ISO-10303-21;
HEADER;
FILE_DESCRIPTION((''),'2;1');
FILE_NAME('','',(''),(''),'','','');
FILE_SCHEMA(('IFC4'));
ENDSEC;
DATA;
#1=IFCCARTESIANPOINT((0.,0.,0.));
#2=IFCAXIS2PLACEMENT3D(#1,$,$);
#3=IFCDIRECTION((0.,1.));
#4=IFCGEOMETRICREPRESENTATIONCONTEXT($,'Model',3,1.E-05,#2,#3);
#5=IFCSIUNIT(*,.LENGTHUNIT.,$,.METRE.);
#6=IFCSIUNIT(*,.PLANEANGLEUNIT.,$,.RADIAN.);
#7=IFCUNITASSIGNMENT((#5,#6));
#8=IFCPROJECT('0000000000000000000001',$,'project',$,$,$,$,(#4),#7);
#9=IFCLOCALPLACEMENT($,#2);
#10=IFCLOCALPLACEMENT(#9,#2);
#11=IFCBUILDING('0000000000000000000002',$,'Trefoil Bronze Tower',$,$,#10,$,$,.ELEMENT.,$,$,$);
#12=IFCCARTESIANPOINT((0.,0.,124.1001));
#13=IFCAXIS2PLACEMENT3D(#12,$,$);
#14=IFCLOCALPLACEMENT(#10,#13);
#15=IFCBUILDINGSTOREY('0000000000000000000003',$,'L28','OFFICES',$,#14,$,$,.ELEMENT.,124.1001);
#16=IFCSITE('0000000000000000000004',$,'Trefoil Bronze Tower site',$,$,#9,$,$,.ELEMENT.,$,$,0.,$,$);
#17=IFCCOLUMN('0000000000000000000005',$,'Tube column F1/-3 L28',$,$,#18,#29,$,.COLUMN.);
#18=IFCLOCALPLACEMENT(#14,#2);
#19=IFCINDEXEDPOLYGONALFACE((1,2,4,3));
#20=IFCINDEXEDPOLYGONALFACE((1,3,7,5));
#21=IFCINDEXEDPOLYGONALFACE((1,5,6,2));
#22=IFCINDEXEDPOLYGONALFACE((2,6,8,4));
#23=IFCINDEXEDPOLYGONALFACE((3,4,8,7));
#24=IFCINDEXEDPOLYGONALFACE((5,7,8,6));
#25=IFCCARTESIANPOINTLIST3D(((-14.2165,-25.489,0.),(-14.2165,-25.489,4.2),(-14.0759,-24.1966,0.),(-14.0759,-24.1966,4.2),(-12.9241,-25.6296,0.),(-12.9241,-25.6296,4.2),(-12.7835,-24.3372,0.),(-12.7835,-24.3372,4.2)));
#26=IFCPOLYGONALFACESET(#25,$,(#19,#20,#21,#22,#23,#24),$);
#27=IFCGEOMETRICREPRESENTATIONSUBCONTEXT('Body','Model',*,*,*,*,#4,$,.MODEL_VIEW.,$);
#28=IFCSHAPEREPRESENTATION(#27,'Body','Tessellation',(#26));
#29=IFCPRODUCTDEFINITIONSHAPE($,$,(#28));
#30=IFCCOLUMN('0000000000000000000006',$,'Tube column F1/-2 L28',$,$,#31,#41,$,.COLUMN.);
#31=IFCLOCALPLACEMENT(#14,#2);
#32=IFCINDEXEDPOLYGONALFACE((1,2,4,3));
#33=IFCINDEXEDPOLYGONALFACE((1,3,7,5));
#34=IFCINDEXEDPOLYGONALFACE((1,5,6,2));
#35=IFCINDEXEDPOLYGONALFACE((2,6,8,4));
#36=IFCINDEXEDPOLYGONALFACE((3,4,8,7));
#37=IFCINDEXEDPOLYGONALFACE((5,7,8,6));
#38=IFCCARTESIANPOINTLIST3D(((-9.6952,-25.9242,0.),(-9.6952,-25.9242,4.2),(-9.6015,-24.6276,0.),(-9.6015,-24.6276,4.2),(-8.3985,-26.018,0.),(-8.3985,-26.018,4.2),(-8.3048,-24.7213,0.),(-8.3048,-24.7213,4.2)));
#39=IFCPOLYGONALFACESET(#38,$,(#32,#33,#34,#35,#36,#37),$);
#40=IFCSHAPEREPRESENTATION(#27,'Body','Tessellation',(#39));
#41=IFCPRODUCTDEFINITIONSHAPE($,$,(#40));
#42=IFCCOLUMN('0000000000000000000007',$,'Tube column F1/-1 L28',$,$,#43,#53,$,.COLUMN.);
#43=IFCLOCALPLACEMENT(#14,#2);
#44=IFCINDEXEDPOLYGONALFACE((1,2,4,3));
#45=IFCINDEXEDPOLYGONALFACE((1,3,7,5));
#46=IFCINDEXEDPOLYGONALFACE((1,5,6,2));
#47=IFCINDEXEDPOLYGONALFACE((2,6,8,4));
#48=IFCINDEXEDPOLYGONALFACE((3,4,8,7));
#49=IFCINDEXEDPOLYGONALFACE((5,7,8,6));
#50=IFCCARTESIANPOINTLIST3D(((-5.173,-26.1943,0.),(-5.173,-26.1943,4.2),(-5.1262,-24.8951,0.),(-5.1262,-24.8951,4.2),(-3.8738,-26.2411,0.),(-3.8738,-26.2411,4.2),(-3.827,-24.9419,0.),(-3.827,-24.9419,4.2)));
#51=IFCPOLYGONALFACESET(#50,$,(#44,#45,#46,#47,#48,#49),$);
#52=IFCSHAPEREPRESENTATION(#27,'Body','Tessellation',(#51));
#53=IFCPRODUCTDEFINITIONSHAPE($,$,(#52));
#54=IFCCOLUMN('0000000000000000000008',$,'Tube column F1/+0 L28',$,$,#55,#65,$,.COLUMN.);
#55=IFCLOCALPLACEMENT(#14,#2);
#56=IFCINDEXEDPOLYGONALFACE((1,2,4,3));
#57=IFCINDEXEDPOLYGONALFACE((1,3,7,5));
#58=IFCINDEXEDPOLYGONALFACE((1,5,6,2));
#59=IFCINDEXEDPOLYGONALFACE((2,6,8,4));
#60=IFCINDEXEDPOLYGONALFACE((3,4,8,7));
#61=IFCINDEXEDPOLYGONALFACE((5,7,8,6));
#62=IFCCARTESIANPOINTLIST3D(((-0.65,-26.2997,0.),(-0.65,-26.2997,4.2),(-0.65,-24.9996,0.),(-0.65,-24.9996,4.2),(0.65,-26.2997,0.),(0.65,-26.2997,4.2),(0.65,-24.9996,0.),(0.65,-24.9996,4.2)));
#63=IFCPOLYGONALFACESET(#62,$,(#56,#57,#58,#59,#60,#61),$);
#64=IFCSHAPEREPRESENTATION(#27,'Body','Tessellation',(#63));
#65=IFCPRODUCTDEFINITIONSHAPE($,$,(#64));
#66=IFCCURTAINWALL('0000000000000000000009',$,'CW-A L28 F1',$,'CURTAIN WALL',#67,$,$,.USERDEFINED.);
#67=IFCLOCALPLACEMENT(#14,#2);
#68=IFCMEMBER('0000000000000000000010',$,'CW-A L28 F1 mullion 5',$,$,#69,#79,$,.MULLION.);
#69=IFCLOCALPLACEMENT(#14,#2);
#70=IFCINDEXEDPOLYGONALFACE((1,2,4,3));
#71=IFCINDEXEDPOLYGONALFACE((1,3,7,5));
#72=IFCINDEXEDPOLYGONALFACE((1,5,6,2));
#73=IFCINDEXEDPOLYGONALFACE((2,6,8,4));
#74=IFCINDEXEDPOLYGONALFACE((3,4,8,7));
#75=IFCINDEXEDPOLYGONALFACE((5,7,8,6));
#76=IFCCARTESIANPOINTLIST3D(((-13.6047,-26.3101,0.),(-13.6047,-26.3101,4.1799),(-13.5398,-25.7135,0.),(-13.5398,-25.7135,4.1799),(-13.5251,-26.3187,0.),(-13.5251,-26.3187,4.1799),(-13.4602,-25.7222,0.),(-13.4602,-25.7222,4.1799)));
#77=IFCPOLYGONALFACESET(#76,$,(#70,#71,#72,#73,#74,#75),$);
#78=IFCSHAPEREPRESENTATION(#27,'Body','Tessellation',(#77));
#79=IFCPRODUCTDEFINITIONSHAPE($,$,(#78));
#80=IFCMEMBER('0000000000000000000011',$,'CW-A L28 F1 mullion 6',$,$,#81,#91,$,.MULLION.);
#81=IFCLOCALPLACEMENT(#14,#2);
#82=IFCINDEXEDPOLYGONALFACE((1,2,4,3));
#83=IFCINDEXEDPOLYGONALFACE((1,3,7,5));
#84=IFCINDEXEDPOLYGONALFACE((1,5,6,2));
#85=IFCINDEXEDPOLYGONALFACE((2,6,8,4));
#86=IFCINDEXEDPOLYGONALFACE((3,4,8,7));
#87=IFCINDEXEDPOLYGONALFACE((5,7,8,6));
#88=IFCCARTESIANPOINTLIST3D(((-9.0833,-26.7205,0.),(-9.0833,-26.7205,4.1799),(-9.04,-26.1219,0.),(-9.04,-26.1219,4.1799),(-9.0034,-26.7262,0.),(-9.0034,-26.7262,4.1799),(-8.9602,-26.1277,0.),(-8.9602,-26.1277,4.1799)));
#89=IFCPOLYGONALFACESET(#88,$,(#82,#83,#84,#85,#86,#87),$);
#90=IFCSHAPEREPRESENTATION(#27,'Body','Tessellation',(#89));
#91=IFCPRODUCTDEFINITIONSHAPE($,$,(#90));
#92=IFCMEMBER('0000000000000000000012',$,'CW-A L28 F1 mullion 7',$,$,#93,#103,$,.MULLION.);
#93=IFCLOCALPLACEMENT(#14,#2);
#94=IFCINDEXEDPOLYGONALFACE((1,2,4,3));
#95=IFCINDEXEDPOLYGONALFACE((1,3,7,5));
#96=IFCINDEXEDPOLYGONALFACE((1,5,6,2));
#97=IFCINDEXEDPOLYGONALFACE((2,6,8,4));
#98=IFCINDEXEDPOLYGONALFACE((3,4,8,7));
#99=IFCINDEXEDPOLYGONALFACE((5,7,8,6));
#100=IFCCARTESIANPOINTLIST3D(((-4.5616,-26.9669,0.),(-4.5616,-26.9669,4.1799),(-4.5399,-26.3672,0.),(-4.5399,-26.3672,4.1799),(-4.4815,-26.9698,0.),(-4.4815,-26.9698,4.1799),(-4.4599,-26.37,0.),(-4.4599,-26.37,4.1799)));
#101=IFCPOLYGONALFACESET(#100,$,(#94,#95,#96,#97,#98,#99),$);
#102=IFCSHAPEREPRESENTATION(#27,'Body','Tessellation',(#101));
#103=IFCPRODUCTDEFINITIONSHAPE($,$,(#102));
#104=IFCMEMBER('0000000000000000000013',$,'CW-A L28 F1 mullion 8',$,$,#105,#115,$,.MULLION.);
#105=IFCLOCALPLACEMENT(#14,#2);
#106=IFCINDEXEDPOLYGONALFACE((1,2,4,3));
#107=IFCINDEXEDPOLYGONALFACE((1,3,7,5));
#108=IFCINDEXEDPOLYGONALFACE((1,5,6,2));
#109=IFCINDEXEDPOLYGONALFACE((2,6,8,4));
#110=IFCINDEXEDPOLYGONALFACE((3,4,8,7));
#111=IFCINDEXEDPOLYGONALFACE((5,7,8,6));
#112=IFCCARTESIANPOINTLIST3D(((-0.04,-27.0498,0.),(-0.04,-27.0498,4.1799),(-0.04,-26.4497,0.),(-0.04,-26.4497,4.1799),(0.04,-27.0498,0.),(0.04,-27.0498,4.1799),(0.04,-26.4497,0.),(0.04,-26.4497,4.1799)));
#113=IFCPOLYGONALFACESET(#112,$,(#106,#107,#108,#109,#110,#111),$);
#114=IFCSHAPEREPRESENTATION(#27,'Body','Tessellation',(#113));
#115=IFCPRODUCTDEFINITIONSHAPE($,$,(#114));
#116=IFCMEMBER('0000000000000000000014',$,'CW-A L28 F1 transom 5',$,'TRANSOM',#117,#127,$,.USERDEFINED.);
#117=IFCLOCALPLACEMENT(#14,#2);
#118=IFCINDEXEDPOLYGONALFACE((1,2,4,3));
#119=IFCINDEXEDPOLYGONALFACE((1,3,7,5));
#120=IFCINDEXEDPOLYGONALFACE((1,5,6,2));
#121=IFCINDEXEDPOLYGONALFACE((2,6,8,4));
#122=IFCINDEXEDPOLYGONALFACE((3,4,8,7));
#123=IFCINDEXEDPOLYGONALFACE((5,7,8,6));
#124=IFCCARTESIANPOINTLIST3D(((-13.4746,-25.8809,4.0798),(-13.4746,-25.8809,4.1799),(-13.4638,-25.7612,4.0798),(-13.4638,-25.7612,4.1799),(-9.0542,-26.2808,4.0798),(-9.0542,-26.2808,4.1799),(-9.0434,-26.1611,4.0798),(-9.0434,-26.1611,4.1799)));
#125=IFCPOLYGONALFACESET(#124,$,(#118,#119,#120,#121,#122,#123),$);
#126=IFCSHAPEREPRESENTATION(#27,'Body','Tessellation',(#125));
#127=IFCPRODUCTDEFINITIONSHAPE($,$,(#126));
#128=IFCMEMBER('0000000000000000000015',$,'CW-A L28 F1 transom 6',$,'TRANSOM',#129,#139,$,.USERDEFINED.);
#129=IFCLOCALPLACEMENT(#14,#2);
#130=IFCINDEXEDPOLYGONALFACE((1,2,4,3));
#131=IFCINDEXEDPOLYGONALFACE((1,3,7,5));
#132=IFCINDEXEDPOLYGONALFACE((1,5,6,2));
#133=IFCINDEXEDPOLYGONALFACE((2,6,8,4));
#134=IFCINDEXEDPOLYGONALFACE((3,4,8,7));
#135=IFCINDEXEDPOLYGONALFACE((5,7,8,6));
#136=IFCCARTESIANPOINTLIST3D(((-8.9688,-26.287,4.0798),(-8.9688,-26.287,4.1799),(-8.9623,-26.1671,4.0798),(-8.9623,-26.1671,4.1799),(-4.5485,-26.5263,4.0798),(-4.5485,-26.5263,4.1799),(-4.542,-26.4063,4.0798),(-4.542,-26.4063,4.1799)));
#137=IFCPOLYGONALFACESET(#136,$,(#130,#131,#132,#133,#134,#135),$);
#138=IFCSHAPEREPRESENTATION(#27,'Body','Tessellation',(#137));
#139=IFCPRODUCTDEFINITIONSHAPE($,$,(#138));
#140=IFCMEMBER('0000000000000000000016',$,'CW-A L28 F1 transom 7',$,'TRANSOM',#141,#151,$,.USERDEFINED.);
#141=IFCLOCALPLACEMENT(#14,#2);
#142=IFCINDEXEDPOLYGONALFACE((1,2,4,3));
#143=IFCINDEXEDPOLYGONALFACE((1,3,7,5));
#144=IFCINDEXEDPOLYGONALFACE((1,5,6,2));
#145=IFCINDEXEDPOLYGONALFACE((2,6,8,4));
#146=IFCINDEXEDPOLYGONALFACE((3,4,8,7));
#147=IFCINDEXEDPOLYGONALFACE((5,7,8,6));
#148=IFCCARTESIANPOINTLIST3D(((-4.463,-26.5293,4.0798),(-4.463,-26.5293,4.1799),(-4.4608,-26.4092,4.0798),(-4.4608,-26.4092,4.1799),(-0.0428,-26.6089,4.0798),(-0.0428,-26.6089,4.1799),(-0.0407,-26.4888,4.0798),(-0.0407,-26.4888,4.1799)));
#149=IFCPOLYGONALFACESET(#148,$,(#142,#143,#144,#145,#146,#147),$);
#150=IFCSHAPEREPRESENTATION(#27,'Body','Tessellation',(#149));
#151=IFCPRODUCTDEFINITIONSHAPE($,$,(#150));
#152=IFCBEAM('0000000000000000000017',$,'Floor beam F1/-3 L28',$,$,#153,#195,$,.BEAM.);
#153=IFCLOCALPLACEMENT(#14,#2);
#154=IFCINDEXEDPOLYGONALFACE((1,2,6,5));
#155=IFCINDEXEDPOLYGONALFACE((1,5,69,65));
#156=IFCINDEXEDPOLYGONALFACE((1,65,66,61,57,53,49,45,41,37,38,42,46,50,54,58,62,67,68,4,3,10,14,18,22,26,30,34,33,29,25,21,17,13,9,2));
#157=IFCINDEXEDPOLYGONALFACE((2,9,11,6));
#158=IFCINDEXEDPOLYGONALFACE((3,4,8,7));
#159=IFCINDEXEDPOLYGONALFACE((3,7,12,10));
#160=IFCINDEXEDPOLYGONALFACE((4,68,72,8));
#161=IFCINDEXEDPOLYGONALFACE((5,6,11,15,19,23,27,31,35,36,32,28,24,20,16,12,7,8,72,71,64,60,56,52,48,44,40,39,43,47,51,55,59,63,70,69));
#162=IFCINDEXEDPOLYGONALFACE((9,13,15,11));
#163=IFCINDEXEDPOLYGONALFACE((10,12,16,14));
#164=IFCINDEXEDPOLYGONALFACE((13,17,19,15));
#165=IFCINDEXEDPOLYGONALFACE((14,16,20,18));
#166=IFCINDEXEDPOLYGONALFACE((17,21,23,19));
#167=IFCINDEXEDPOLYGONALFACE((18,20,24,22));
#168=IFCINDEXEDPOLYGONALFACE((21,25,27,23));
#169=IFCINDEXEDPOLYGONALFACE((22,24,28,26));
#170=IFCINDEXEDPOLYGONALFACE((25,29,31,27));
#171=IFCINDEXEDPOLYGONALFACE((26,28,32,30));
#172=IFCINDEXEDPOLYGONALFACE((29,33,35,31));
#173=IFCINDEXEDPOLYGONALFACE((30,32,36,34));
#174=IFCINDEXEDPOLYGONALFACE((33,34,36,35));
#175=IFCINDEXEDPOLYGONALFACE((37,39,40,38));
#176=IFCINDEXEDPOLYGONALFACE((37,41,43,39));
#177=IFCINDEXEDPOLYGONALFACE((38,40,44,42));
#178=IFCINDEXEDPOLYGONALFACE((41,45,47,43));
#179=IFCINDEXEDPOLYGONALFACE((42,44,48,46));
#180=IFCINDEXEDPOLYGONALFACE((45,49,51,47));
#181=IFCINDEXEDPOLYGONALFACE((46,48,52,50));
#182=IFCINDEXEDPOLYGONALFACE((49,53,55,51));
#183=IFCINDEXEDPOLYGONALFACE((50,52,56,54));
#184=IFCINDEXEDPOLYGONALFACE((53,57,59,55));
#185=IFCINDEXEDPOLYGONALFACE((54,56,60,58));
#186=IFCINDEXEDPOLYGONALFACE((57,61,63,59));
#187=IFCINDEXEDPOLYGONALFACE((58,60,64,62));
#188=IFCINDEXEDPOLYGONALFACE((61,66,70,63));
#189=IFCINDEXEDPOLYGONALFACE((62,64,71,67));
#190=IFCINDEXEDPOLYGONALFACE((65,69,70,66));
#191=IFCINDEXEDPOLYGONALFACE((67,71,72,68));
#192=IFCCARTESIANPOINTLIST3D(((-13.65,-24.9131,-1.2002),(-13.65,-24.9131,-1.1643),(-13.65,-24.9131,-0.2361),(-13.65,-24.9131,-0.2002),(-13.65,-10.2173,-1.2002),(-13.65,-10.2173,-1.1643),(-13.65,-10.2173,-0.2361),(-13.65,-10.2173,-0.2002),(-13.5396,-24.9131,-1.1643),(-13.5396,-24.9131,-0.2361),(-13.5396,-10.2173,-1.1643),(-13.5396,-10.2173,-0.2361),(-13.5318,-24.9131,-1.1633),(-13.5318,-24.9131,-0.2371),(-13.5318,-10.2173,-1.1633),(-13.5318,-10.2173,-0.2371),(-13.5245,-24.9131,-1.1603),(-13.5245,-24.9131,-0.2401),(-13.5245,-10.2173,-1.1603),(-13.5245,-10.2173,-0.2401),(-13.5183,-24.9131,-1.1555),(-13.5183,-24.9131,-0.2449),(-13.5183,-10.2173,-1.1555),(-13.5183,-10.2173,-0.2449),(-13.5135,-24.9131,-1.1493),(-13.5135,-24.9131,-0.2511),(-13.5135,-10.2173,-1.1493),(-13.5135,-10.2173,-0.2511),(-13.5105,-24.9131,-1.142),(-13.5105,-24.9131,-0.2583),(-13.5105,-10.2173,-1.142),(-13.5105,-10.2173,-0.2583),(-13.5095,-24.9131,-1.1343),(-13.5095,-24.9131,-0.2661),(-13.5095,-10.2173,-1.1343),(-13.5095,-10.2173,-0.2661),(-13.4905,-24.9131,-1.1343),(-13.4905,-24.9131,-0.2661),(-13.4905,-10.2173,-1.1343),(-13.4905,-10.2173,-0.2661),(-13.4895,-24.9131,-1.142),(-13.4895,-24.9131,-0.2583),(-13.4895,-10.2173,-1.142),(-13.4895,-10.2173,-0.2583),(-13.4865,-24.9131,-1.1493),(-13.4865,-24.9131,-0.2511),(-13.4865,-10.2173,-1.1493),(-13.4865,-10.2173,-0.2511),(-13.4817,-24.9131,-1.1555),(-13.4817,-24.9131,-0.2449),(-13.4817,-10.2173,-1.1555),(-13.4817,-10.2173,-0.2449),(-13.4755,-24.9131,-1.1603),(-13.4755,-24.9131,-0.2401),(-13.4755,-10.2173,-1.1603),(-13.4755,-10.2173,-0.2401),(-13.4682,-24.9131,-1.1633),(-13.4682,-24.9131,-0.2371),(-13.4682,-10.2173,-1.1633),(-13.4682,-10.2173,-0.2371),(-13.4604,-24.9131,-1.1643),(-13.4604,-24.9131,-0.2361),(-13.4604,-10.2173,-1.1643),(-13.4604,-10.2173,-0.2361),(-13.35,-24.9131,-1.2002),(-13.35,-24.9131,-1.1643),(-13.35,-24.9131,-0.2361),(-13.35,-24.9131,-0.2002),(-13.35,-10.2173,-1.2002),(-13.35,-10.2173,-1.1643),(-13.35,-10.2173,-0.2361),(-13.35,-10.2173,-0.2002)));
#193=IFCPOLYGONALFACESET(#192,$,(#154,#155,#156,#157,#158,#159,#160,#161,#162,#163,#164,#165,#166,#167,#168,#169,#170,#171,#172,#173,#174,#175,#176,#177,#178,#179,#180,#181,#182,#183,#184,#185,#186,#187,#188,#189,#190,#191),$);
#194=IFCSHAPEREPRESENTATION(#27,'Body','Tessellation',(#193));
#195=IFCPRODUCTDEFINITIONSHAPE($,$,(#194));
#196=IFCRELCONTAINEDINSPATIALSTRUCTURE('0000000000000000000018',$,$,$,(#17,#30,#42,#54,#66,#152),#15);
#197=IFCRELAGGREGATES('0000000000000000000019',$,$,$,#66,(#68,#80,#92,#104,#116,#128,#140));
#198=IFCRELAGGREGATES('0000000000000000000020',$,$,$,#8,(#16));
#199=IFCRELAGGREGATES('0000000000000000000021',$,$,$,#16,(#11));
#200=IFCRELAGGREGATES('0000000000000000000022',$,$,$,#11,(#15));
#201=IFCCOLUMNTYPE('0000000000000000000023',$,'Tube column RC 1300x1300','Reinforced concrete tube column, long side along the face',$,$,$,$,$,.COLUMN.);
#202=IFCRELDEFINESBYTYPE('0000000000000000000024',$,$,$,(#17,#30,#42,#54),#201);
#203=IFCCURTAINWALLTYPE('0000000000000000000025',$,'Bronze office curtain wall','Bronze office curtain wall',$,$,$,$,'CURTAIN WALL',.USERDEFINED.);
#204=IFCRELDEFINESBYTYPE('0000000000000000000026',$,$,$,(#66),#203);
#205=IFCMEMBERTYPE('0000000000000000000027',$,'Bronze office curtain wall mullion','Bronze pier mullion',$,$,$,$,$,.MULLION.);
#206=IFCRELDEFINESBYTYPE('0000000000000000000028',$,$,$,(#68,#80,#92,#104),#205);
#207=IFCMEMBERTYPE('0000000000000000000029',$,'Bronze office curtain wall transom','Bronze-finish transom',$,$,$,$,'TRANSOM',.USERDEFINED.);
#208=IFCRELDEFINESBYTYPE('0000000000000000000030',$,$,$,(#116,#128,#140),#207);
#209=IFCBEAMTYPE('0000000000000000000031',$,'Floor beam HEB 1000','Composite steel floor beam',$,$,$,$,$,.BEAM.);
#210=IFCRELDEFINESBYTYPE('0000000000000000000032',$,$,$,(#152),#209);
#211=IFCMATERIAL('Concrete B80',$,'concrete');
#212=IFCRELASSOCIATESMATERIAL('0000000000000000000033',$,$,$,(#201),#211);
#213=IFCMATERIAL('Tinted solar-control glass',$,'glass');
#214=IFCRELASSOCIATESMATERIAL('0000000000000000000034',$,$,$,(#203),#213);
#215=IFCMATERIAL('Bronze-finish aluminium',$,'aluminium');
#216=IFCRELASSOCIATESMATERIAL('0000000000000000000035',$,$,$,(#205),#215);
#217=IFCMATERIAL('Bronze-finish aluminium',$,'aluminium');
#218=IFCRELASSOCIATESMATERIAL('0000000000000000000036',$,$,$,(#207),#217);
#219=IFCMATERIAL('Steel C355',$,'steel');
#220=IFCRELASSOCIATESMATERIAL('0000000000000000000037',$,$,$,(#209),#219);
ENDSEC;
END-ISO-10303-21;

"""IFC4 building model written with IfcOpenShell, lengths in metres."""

from ifc_helpers import new_model, si_unit, direction, frame, origin, origin_2d, place, context, subcontext, project, spatial, rectangle, i_section, extrude, material, material_profile, profile_set, type_object, element, aggregate, save


model = new_model("IFC4")

# Units and contexts
model_context = context("Model", 3, precision=1e-05, world=origin(), true_north=direction((0.0, 1.0)))
body_context = subcontext(model_context, "Body", "Model", "MODEL_VIEW")
ifc_project = project(units=[si_unit("LENGTHUNIT", "METRE"), si_unit("PLANEANGLEUNIT", "RADIAN")], contexts=[model_context])

# Site, building, storey
site_placement = place(None, origin())
site = spatial("IfcSite", under=ifc_project, at=site_placement, Name="Trefoil Bronze Tower site", CompositionType="ELEMENT", RefElevation=0.0)
building_placement = place(site_placement, origin())
building = spatial("IfcBuilding", under=site, at=building_placement, Name="Trefoil Bronze Tower", CompositionType="ELEMENT")
storey_placement = place(building_placement, frame((0.0, 0.0, 124.1001)))
storey = spatial("IfcBuildingStorey", under=building, at=storey_placement, Name="L28", Description="OFFICES", CompositionType="ELEMENT", Elevation=124.1001)

# Columns
ifc_material_1 = material(Name="Concrete B80", Category="concrete")
ifc_material_profile_1 = material_profile(ifc_material_1, rectangle(XDim=1.3, YDim=1.3, at=origin_2d()), Name="RC 1300x1300")
ifc_profile_set_1 = profile_set([ifc_material_profile_1], Name="Concrete B80")
column_type = type_object("IfcColumnType", Name="Tube column RC 1300x1300", Description="Reinforced concrete tube column, long side along the face", PredefinedType="COLUMN", material=ifc_profile_set_1)
for number, where, z_axis, x_axis, name in (
    (1, (-13.5, -24.9131, 0.0), (0.0, 0.0, 1.0), (0.994135, -0.108144, 0.0), "Tube column F1/-3 L28"),
    (2, (-9.0, -25.3228, 0.0), (0.0, 0.0, 1.0), (0.997398, -0.072096, 0.0), "Tube column F1/-2 L28"),
    (3, (-4.5, -25.5681, 0.0), (0.0, 0.0, 1.0), (0.99935, -0.036048, 0.0), "Tube column F1/-1 L28"),
    (4, (0.0, -25.6497, 0.0), (0.0, 0.0, 1.0), (1.0, 0.0, 0.0), "Tube column F1/+0 L28"),
):
    element("IfcColumn", number, at=place(storey_placement, frame(where, z_axis=z_axis, x_axis=x_axis)), inside=storey, type_object=column_type, Name=name, PredefinedType="COLUMN", context=body_context, shape_type="SweptSolid", body=[
        extrude(rectangle(XDim=1.3, YDim=1.3, at=origin_2d()), origin(), (0.0, 0.0, 1.0), 4.2),
    ])

# Curtain wall, members
ifc_material_2 = material(Name="Tinted solar-control glass", Category="glass")
curtain_wall_type = type_object("IfcCurtainWallType", Name="Bronze office curtain wall", Description="Bronze office curtain wall", ElementType="CURTAIN WALL", PredefinedType="USERDEFINED", material=ifc_material_2)
curtain_wall_placement = place(storey_placement, origin())
curtain_wall = element("IfcCurtainWall", 5, at=curtain_wall_placement, inside=storey, type_object=curtain_wall_type, Name="CW-A L28 F1", ObjectType="CURTAIN WALL", PredefinedType="USERDEFINED")
ifc_material_3 = material(Name="Bronze-finish aluminium", Category="aluminium")
ifc_material_profile_2 = material_profile(ifc_material_3, rectangle(XDim=0.6001, YDim=0.0801, at=origin_2d()), Name="CW-A mullion")
ifc_profile_set_2 = profile_set([ifc_material_profile_2], Name="Bronze-finish aluminium")
member_type_1 = type_object("IfcMemberType", Name="Bronze office curtain wall mullion", Description="Bronze pier mullion", PredefinedType="MULLION", material=ifc_profile_set_2)
member_1_placement = place(storey_placement, frame((-13.5325, -26.0161, 0.0), z_axis=(0.0, 0.0, 1.0), x_axis=(0.108144, 0.994135, 0.0)))
member_1 = element("IfcMember", 6, at=member_1_placement, type_object=member_type_1, Name="CW-A L28 F1 mullion 5", PredefinedType="MULLION", context=body_context, shape_type="SweptSolid", body=[
    extrude(rectangle(XDim=0.6001, YDim=0.0801, at=origin_2d()), origin(), (0.0, 0.0, 1.0), 4.1799),
])
member_2_placement = place(storey_placement, frame((-9.0217, -26.4241, 0.0), z_axis=(0.0, 0.0, 1.0), x_axis=(0.072096, 0.997398, 0.0)))
member_2 = element("IfcMember", 7, at=member_2_placement, type_object=member_type_1, Name="CW-A L28 F1 mullion 6", PredefinedType="MULLION", context=body_context, shape_type="SweptSolid", body=[
    extrude(rectangle(XDim=0.6001, YDim=0.0801, at=origin_2d()), origin(), (0.0, 0.0, 1.0), 4.1799),
])
member_3_placement = place(storey_placement, frame((-4.5107, -26.6685, 0.0), z_axis=(0.0, 0.0, 1.0), x_axis=(0.036048, 0.99935, 0.0)))
member_3 = element("IfcMember", 8, at=member_3_placement, type_object=member_type_1, Name="CW-A L28 F1 mullion 7", PredefinedType="MULLION", context=body_context, shape_type="SweptSolid", body=[
    extrude(rectangle(XDim=0.6001, YDim=0.0801, at=origin_2d()), origin(), (0.0, 0.0, 1.0), 4.1799),
])
member_4_placement = place(storey_placement, frame((0.0, -26.7498, 0.0), z_axis=(0.0, 0.0, 1.0), x_axis=(0.0, 1.0, 0.0)))
member_4 = element("IfcMember", 9, at=member_4_placement, type_object=member_type_1, Name="CW-A L28 F1 mullion 8", PredefinedType="MULLION", context=body_context, shape_type="SweptSolid", body=[
    extrude(rectangle(XDim=0.6001, YDim=0.0801, at=origin_2d()), origin(), (0.0, 0.0, 1.0), 4.1799),
])
ifc_material_4 = material(Name="Bronze-finish aluminium", Category="aluminium")
ifc_material_profile_3 = material_profile(ifc_material_4, rectangle(XDim=0.1201, YDim=0.1001, at=origin_2d()), Name="CW-A transom")
ifc_profile_set_3 = profile_set([ifc_material_profile_3], Name="Bronze-finish aluminium")
member_type_2 = type_object("IfcMemberType", Name="Bronze office curtain wall transom", Description="Bronze-finish transom", ElementType="TRANSOM", PredefinedType="USERDEFINED", material=ifc_profile_set_3)
member_5_placement = place(storey_placement, frame((-13.4692, -25.821, 4.1299), z_axis=(0.995933, -0.090099, 0.0), x_axis=(0.090099, 0.995933, 0.0)))
member_5 = element("IfcMember", 10, at=member_5_placement, type_object=member_type_2, Name="CW-A L28 F1 transom 5", ObjectType="TRANSOM", PredefinedType="USERDEFINED", context=body_context, shape_type="SweptSolid", body=[
    extrude(rectangle(XDim=0.1201, YDim=0.1001, at=origin_2d()), origin(), (0.0, 0.0, 1.0), 4.4385),
])
member_6_placement = place(storey_placement, frame((-8.9656, -26.2271, 4.1299), z_axis=(0.998538, -0.05405, 0.0), x_axis=(0.05405, 0.998538, 0.0)))
member_6 = element("IfcMember", 11, at=member_6_placement, type_object=member_type_2, Name="CW-A L28 F1 transom 6", ObjectType="TRANSOM", PredefinedType="USERDEFINED", context=body_context, shape_type="SweptSolid", body=[
    extrude(rectangle(XDim=0.1201, YDim=0.1001, at=origin_2d()), origin(), (0.0, 0.0, 1.0), 4.4268),
])
member_7_placement = place(storey_placement, frame((-4.4619, -26.4692, 4.1299), z_axis=(0.999838, -0.018003, 0.0), x_axis=(0.018003, 0.999838, 0.0)))
member_7 = element("IfcMember", 12, at=member_7_placement, type_object=member_type_2, Name="CW-A L28 F1 transom 7", ObjectType="TRANSOM", PredefinedType="USERDEFINED", context=body_context, shape_type="SweptSolid", body=[
    extrude(rectangle(XDim=0.1201, YDim=0.1001, at=origin_2d()), origin(), (0.0, 0.0, 1.0), 4.4209),
])

# Beam
ifc_material_5 = material(Name="Steel C355", Category="steel")
ifc_material_profile_4 = material_profile(ifc_material_5, i_section(OverallWidth=0.3, OverallDepth=1.0, WebThickness=0.019, FlangeThickness=0.0359, FilletRadius=0.03, at=origin_2d()), Name="HEB 1000")
ifc_profile_set_4 = profile_set([ifc_material_profile_4], Name="Steel C355")
beam_type_1 = type_object("IfcBeamType", Name="Floor beam HEB 1000", Description="Composite steel floor beam", PredefinedType="BEAM", material=ifc_profile_set_4)
beam_1_placement = place(storey_placement, frame((-13.5, -24.9131, -0.7002), z_axis=(0.0, 1.0, 0.0), x_axis=(-1.0, 0.0, 0.0)))
element("IfcBeam", 13, at=beam_1_placement, inside=storey, type_object=beam_type_1, Name="Floor beam F1/-3 L28", PredefinedType="BEAM", context=body_context, shape_type="SweptSolid", body=[
    extrude(i_section(OverallWidth=0.3, OverallDepth=1.0, WebThickness=0.019, FlangeThickness=0.0359, FilletRadius=0.03, at=origin_2d()), origin(), (0.0, 0.0, 1.0), 14.6958),
])

aggregate(curtain_wall, [member_1, member_2, member_3, member_4, member_5, member_6, member_7])

save(model, "model.ifc")
